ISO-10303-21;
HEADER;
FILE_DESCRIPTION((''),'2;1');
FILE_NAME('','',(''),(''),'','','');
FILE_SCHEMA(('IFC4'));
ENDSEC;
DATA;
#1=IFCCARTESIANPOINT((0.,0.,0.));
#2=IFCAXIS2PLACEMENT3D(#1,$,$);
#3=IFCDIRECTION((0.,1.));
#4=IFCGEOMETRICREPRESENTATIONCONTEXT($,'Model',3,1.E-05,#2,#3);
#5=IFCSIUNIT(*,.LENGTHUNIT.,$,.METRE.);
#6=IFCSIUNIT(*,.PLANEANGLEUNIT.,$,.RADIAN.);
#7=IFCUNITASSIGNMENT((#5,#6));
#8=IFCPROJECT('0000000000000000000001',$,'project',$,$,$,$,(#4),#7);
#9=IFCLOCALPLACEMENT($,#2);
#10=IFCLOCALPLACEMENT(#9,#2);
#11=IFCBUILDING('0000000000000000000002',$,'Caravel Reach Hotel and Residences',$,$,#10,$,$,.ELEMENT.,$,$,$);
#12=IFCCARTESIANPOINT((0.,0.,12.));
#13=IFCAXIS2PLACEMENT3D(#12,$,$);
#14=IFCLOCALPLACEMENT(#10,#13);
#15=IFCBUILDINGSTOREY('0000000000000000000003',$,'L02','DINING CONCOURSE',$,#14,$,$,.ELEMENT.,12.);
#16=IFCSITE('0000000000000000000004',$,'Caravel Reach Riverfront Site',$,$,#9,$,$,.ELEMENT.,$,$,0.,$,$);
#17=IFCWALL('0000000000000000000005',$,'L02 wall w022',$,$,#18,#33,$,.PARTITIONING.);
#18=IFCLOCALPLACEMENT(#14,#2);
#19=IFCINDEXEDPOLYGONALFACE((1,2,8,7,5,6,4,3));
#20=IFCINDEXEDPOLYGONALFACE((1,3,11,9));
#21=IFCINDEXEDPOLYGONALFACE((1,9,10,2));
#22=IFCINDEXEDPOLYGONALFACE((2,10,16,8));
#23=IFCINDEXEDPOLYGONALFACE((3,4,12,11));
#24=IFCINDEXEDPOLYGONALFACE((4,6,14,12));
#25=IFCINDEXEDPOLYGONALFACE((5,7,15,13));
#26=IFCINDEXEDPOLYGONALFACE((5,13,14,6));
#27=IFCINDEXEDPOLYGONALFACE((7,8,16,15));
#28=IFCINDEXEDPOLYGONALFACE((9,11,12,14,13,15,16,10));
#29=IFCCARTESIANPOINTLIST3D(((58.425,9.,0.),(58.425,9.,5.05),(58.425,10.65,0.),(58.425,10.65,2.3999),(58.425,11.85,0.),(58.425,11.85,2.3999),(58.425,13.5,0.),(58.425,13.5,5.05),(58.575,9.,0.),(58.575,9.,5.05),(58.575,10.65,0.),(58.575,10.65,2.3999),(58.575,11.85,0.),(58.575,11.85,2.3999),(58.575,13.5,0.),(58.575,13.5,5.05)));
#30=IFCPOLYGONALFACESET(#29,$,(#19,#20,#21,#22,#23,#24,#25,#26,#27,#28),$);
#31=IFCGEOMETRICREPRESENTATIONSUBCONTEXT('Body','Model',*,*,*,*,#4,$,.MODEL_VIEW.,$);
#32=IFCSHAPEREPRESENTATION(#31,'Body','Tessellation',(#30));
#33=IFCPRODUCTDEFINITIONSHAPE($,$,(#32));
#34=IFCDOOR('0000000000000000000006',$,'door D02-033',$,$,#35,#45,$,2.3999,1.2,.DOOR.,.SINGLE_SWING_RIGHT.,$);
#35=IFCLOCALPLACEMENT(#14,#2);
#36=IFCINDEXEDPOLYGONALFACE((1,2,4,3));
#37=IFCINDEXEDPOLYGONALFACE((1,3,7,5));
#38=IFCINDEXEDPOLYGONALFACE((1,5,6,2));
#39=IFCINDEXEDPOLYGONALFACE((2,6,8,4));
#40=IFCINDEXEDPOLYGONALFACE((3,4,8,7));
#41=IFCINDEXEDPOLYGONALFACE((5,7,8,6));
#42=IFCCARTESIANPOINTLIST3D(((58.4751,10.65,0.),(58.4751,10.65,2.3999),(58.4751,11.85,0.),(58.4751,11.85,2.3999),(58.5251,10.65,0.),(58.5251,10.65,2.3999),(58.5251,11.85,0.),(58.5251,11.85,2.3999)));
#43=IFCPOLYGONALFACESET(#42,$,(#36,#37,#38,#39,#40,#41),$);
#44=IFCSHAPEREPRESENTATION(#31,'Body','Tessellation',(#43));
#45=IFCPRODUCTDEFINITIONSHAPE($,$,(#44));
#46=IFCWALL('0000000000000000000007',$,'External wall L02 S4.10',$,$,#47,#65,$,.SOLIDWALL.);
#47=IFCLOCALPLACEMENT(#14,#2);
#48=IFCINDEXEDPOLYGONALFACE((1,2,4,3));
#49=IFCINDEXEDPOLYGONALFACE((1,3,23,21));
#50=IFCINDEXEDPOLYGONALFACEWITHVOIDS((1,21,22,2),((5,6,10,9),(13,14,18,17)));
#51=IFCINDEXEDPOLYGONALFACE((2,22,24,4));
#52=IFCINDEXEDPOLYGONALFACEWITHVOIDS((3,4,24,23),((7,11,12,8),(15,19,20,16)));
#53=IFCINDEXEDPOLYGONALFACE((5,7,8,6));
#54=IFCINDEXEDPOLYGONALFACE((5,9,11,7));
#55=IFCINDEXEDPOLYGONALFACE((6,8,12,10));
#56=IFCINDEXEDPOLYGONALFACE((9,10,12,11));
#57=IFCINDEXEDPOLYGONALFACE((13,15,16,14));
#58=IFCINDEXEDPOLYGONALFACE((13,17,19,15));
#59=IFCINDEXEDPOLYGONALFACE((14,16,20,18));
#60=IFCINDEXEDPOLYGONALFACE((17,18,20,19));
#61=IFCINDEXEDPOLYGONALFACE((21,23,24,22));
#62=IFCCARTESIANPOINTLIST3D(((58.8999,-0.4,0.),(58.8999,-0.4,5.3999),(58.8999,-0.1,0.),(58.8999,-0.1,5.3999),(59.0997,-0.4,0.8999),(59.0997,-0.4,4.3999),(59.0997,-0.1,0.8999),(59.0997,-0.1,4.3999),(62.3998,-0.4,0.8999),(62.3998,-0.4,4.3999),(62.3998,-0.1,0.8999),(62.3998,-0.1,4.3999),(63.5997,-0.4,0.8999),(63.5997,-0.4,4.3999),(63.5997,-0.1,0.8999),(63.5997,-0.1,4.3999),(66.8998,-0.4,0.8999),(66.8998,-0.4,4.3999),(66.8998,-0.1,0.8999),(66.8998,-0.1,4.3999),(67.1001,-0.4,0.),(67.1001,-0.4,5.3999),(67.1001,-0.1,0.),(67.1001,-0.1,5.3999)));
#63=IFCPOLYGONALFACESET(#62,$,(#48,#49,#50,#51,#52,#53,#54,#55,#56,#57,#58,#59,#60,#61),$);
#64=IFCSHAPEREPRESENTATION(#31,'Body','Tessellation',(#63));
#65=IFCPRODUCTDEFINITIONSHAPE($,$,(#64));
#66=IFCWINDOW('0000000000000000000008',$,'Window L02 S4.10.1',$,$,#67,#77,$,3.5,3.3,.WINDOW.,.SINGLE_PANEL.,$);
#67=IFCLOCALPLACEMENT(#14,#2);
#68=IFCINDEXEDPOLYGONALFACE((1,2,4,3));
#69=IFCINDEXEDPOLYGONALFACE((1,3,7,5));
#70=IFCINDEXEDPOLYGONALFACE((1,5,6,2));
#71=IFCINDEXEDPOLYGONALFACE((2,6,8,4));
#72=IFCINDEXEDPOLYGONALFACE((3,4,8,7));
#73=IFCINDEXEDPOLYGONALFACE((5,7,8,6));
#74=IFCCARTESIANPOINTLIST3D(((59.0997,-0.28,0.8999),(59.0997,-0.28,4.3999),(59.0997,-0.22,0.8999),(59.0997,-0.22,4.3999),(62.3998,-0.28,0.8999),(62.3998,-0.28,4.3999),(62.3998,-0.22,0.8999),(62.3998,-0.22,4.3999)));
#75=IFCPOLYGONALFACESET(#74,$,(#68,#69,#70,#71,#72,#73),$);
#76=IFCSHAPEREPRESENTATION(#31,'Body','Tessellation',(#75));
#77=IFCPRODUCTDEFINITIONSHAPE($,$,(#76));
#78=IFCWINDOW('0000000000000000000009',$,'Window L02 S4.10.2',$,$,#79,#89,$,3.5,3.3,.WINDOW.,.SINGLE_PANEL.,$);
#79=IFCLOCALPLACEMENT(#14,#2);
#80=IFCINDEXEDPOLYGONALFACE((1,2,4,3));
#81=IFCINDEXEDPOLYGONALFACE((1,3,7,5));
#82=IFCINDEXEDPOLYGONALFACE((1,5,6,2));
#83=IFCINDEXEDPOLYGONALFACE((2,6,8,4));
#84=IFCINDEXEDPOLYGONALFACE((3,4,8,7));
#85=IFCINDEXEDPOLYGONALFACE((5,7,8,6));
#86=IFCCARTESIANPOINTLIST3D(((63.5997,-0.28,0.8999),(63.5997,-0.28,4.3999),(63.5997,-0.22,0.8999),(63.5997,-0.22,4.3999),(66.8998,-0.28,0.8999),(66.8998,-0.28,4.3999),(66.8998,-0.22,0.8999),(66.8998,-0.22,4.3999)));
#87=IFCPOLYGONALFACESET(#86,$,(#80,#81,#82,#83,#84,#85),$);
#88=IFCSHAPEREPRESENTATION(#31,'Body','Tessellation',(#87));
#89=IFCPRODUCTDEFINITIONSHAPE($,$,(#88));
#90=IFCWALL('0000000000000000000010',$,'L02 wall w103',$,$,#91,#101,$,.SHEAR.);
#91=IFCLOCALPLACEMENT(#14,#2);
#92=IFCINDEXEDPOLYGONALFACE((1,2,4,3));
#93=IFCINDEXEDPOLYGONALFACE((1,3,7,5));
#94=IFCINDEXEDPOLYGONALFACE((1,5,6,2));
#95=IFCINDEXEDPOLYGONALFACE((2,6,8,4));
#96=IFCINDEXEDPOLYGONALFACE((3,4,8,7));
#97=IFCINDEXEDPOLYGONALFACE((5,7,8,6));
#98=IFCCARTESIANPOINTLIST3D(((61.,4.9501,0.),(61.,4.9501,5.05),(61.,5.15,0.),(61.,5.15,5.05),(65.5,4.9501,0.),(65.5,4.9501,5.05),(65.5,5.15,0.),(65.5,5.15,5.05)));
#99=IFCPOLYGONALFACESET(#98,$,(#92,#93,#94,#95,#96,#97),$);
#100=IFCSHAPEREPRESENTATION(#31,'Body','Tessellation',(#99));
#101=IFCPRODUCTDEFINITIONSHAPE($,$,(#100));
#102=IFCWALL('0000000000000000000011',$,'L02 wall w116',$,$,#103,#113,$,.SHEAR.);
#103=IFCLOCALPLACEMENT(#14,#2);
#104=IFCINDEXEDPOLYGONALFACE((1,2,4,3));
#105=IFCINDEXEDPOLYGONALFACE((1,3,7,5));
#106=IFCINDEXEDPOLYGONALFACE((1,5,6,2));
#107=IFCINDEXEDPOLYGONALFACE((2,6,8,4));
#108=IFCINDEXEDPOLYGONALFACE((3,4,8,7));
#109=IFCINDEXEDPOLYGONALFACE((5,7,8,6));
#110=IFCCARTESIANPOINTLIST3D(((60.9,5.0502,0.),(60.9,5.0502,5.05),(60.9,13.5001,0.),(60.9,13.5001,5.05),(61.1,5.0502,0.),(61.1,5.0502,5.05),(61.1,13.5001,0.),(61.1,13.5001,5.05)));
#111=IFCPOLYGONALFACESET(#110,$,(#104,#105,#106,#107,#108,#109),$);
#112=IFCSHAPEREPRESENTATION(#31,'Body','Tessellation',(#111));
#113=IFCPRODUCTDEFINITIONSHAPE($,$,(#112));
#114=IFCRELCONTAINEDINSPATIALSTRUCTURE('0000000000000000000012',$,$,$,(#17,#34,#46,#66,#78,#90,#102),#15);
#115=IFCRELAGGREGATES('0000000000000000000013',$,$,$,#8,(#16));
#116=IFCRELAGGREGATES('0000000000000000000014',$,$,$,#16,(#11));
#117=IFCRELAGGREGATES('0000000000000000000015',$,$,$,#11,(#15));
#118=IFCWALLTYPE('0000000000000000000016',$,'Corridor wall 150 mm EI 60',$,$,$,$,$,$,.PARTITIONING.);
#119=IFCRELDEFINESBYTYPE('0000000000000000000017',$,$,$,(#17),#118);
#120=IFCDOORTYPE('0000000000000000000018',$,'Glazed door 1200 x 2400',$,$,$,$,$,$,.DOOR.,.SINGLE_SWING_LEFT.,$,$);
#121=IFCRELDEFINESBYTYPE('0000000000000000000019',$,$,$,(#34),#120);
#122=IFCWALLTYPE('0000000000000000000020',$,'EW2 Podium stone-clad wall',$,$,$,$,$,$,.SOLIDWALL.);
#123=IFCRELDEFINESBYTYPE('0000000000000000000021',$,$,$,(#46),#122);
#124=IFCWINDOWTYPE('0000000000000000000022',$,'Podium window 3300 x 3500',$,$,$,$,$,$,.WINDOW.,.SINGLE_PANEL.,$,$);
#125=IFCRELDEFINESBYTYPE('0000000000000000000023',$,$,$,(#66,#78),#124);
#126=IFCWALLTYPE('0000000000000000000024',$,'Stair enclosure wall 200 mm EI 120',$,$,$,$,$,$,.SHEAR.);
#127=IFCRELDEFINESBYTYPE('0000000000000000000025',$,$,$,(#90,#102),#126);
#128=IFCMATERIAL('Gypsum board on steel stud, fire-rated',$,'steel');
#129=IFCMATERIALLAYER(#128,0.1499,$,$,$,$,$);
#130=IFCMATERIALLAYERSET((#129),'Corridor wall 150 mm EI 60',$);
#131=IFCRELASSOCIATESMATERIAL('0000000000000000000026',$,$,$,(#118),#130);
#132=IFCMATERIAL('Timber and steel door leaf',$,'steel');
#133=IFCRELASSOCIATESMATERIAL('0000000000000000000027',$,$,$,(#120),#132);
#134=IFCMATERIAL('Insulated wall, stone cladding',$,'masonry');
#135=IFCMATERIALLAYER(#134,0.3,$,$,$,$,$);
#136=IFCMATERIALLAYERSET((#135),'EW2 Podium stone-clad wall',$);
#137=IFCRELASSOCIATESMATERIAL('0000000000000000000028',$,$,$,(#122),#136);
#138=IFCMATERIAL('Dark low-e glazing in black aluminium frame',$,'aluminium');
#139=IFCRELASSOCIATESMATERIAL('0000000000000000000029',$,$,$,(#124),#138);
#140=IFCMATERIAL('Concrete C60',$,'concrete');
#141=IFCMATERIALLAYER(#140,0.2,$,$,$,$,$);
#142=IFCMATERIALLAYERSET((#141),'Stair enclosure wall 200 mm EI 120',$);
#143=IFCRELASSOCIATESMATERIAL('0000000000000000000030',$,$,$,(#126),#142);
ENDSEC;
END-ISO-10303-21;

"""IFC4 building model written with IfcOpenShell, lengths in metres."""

from ifc_helpers import new_model, si_unit, direction, frame, frame_2d, origin, place, context, subcontext, project, spatial, rectangle, extrude, material, layer, layer_set, type_object, element, fill, save


model = new_model("IFC4")

# Units and contexts
model_context = context("Model", 3, precision=1e-05, world=origin(), true_north=direction((0.0, 1.0)))
body_context = subcontext(model_context, "Body", "Model", "MODEL_VIEW")
ifc_project = project(units=[si_unit("LENGTHUNIT", "METRE"), si_unit("PLANEANGLEUNIT", "RADIAN")], contexts=[model_context])

# Site, building, storey
site_placement = place(None, origin())
site = spatial("IfcSite", under=ifc_project, at=site_placement, Name="Caravel Reach Riverfront Site", CompositionType="ELEMENT", RefElevation=0.0)
building_placement = place(site_placement, origin())
building = spatial("IfcBuilding", under=site, at=building_placement, Name="Caravel Reach Hotel and Residences", CompositionType="ELEMENT")
storey_placement = place(building_placement, frame((0.0, 0.0, 12.0)))
storey = spatial("IfcBuildingStorey", under=building, at=storey_placement, Name="L02", Description="DINING CONCOURSE", CompositionType="ELEMENT", Elevation=12.0)

# Wall, opening, door
ifc_material_1 = material(Name="Gypsum board on steel stud, fire-rated", Category="steel")
ifc_layer_1 = layer(ifc_material_1, 0.1499)
ifc_layer_set_1 = layer_set([ifc_layer_1], Name="Corridor wall 150 mm EI 60")
wall_type_1 = type_object("IfcWallType", Name="Corridor wall 150 mm EI 60", PredefinedType="PARTITIONING", material=ifc_layer_set_1)
wall_1_placement = place(storey_placement, frame((58.5, 9.0, 0.0), z_axis=(0.0, 0.0, 1.0), x_axis=(0.0, 1.0, 0.0)))
wall_1 = element("IfcWall", 1, at=wall_1_placement, inside=storey, type_object=wall_type_1, Name="L02 wall w022", PredefinedType="PARTITIONING", context=body_context, shape_type="SweptSolid", body=[
    extrude(rectangle(XDim=4.5, YDim=0.1499, at=frame_2d((2.25, 0.0))), origin(), (0.0, 0.0, 1.0), 5.05),
])
opening_1_placement = place(wall_1_placement, frame((1.6499, 0.0, 0.0)))
opening_1 = element("IfcOpeningElement", 2, at=opening_1_placement, cuts=wall_1, PredefinedType="OPENING", context=body_context, shape_type="SweptSolid", body=[
    extrude(rectangle(XDim=1.2, YDim=2.3999, at=frame_2d((0.6001, 1.2))), frame((0.0, 0.085, 0.0), z_axis=(0.0, -1.0, 0.0), x_axis=(1.0, 0.0, 0.0)), (0.0, 0.0, 1.0), 0.1699),
])
ifc_material_2 = material(Name="Timber and steel door leaf", Category="steel")
door_type_1 = type_object("IfcDoorType", Name="Glazed door 1200 x 2400", OperationType="SINGLE_SWING_LEFT", PredefinedType="DOOR", material=ifc_material_2)
door_1_placement = place(opening_1_placement, origin())
door_1 = element("IfcDoor", 3, at=door_1_placement, inside=storey, type_object=door_type_1, Name="door D02-033", OperationType="SINGLE_SWING_RIGHT", OverallHeight=2.3999, OverallWidth=1.2, PredefinedType="DOOR", context=body_context, shape_type="SweptSolid", body=[
    extrude(rectangle(XDim=1.2, YDim=2.3999, at=frame_2d((0.6001, 1.2))), frame((0.0, 0.0249, 0.0), z_axis=(0.0, -1.0, 0.0), x_axis=(1.0, 0.0, 0.0)), (0.0, 0.0, 1.0), 0.05),
])
fill(opening_1, door_1)

# Wall, openings, windows
ifc_material_3 = material(Name="Insulated wall, stone cladding", Category="masonry")
ifc_layer_2 = layer(ifc_material_3, 0.3)
ifc_layer_set_2 = layer_set([ifc_layer_2], Name="EW2 Podium stone-clad wall")
wall_type_2 = type_object("IfcWallType", Name="EW2 Podium stone-clad wall", PredefinedType="SOLIDWALL", material=ifc_layer_set_2)
wall_2_placement = place(storey_placement, frame((58.8999, -0.25, 0.0), z_axis=(0.0, 0.0, 1.0), x_axis=(1.0, 0.0, 0.0)))
wall_2 = element("IfcWall", 4, at=wall_2_placement, inside=storey, type_object=wall_type_2, Name="External wall L02 S4.10", PredefinedType="SOLIDWALL", context=body_context, shape_type="SweptSolid", body=[
    extrude(rectangle(XDim=8.2002, YDim=0.3, at=frame_2d((4.1001, 0.0))), origin(), (0.0, 0.0, 1.0), 5.3999),
])
opening_2_placement = place(wall_2_placement, frame((0.2, 0.0, 0.8999)))
opening_2 = element("IfcOpeningElement", 5, at=opening_2_placement, cuts=wall_2, PredefinedType="OPENING", context=body_context, shape_type="SweptSolid", body=[
    extrude(rectangle(XDim=3.3, YDim=3.5, at=frame_2d((1.6499, 1.75))), frame((0.0, 0.1599, 0.0), z_axis=(0.0, -1.0, 0.0), x_axis=(1.0, 0.0, 0.0)), (0.0, 0.0, 1.0), 0.3201),
])
opening_3_placement = place(wall_2_placement, frame((4.7, 0.0, 0.8999)))
opening_3 = element("IfcOpeningElement", 6, at=opening_3_placement, cuts=wall_2, PredefinedType="OPENING", context=body_context, shape_type="SweptSolid", body=[
    extrude(rectangle(XDim=3.3, YDim=3.5, at=frame_2d((1.6499, 1.75))), frame((0.0, 0.1599, 0.0), z_axis=(0.0, -1.0, 0.0), x_axis=(1.0, 0.0, 0.0)), (0.0, 0.0, 1.0), 0.3201),
])
ifc_material_4 = material(Name="Dark low-e glazing in black aluminium frame", Category="aluminium")
window_type = type_object("IfcWindowType", Name="Podium window 3300 x 3500", PartitioningType="SINGLE_PANEL", PredefinedType="WINDOW", material=ifc_material_4)
window_1_placement = place(opening_2_placement, origin())
window_1 = element("IfcWindow", 7, at=window_1_placement, inside=storey, type_object=window_type, Name="Window L02 S4.10.1", OverallHeight=3.5, OverallWidth=3.3, PartitioningType="SINGLE_PANEL", PredefinedType="WINDOW", context=body_context, shape_type="SweptSolid", body=[
    extrude(rectangle(XDim=3.3, YDim=3.5, at=frame_2d((1.6499, 1.75))), frame((0.0, 0.03, 0.0), z_axis=(0.0, -1.0, 0.0), x_axis=(1.0, 0.0, 0.0)), (0.0, 0.0, 1.0), 0.0601),
])
fill(opening_2, window_1)
window_2_placement = place(opening_3_placement, origin())
window_2 = element("IfcWindow", 8, at=window_2_placement, inside=storey, type_object=window_type, Name="Window L02 S4.10.2", OverallHeight=3.5, OverallWidth=3.3, PartitioningType="SINGLE_PANEL", PredefinedType="WINDOW", context=body_context, shape_type="SweptSolid", body=[
    extrude(rectangle(XDim=3.3, YDim=3.5, at=frame_2d((1.6499, 1.75))), frame((0.0, 0.03, 0.0), z_axis=(0.0, -1.0, 0.0), x_axis=(1.0, 0.0, 0.0)), (0.0, 0.0, 1.0), 0.0601),
])
fill(opening_3, window_2)

# Walls
ifc_material_5 = material(Name="Concrete C60", Category="concrete")
ifc_layer_3 = layer(ifc_material_5, 0.2)
ifc_layer_set_3 = layer_set([ifc_layer_3], Name="Stair enclosure wall 200 mm EI 120")
wall_type_3 = type_object("IfcWallType", Name="Stair enclosure wall 200 mm EI 120", PredefinedType="SHEAR", material=ifc_layer_set_3)
wall_3_placement = place(storey_placement, frame((61.0, 5.05, 0.0), z_axis=(0.0, 0.0, 1.0), x_axis=(1.0, 0.0, 0.0)))
element("IfcWall", 9, at=wall_3_placement, inside=storey, type_object=wall_type_3, Name="L02 wall w103", PredefinedType="SHEAR", context=body_context, shape_type="SweptSolid", body=[
    extrude(rectangle(XDim=4.5, YDim=0.2, at=frame_2d((2.25, 0.0))), origin(), (0.0, 0.0, 1.0), 5.05),
])
wall_4_placement = place(storey_placement, frame((61.0, 5.05, 0.0), z_axis=(0.0, 0.0, 1.0), x_axis=(0.0, 1.0, 0.0)))
element("IfcWall", 10, at=wall_4_placement, inside=storey, type_object=wall_type_3, Name="L02 wall w116", PredefinedType="SHEAR", context=body_context, shape_type="SweptSolid", body=[
    extrude(rectangle(XDim=8.45, YDim=0.2, at=frame_2d((4.2251, 0.0))), origin(), (0.0, 0.0, 1.0), 5.05),
])

save(model, "model.ifc")
